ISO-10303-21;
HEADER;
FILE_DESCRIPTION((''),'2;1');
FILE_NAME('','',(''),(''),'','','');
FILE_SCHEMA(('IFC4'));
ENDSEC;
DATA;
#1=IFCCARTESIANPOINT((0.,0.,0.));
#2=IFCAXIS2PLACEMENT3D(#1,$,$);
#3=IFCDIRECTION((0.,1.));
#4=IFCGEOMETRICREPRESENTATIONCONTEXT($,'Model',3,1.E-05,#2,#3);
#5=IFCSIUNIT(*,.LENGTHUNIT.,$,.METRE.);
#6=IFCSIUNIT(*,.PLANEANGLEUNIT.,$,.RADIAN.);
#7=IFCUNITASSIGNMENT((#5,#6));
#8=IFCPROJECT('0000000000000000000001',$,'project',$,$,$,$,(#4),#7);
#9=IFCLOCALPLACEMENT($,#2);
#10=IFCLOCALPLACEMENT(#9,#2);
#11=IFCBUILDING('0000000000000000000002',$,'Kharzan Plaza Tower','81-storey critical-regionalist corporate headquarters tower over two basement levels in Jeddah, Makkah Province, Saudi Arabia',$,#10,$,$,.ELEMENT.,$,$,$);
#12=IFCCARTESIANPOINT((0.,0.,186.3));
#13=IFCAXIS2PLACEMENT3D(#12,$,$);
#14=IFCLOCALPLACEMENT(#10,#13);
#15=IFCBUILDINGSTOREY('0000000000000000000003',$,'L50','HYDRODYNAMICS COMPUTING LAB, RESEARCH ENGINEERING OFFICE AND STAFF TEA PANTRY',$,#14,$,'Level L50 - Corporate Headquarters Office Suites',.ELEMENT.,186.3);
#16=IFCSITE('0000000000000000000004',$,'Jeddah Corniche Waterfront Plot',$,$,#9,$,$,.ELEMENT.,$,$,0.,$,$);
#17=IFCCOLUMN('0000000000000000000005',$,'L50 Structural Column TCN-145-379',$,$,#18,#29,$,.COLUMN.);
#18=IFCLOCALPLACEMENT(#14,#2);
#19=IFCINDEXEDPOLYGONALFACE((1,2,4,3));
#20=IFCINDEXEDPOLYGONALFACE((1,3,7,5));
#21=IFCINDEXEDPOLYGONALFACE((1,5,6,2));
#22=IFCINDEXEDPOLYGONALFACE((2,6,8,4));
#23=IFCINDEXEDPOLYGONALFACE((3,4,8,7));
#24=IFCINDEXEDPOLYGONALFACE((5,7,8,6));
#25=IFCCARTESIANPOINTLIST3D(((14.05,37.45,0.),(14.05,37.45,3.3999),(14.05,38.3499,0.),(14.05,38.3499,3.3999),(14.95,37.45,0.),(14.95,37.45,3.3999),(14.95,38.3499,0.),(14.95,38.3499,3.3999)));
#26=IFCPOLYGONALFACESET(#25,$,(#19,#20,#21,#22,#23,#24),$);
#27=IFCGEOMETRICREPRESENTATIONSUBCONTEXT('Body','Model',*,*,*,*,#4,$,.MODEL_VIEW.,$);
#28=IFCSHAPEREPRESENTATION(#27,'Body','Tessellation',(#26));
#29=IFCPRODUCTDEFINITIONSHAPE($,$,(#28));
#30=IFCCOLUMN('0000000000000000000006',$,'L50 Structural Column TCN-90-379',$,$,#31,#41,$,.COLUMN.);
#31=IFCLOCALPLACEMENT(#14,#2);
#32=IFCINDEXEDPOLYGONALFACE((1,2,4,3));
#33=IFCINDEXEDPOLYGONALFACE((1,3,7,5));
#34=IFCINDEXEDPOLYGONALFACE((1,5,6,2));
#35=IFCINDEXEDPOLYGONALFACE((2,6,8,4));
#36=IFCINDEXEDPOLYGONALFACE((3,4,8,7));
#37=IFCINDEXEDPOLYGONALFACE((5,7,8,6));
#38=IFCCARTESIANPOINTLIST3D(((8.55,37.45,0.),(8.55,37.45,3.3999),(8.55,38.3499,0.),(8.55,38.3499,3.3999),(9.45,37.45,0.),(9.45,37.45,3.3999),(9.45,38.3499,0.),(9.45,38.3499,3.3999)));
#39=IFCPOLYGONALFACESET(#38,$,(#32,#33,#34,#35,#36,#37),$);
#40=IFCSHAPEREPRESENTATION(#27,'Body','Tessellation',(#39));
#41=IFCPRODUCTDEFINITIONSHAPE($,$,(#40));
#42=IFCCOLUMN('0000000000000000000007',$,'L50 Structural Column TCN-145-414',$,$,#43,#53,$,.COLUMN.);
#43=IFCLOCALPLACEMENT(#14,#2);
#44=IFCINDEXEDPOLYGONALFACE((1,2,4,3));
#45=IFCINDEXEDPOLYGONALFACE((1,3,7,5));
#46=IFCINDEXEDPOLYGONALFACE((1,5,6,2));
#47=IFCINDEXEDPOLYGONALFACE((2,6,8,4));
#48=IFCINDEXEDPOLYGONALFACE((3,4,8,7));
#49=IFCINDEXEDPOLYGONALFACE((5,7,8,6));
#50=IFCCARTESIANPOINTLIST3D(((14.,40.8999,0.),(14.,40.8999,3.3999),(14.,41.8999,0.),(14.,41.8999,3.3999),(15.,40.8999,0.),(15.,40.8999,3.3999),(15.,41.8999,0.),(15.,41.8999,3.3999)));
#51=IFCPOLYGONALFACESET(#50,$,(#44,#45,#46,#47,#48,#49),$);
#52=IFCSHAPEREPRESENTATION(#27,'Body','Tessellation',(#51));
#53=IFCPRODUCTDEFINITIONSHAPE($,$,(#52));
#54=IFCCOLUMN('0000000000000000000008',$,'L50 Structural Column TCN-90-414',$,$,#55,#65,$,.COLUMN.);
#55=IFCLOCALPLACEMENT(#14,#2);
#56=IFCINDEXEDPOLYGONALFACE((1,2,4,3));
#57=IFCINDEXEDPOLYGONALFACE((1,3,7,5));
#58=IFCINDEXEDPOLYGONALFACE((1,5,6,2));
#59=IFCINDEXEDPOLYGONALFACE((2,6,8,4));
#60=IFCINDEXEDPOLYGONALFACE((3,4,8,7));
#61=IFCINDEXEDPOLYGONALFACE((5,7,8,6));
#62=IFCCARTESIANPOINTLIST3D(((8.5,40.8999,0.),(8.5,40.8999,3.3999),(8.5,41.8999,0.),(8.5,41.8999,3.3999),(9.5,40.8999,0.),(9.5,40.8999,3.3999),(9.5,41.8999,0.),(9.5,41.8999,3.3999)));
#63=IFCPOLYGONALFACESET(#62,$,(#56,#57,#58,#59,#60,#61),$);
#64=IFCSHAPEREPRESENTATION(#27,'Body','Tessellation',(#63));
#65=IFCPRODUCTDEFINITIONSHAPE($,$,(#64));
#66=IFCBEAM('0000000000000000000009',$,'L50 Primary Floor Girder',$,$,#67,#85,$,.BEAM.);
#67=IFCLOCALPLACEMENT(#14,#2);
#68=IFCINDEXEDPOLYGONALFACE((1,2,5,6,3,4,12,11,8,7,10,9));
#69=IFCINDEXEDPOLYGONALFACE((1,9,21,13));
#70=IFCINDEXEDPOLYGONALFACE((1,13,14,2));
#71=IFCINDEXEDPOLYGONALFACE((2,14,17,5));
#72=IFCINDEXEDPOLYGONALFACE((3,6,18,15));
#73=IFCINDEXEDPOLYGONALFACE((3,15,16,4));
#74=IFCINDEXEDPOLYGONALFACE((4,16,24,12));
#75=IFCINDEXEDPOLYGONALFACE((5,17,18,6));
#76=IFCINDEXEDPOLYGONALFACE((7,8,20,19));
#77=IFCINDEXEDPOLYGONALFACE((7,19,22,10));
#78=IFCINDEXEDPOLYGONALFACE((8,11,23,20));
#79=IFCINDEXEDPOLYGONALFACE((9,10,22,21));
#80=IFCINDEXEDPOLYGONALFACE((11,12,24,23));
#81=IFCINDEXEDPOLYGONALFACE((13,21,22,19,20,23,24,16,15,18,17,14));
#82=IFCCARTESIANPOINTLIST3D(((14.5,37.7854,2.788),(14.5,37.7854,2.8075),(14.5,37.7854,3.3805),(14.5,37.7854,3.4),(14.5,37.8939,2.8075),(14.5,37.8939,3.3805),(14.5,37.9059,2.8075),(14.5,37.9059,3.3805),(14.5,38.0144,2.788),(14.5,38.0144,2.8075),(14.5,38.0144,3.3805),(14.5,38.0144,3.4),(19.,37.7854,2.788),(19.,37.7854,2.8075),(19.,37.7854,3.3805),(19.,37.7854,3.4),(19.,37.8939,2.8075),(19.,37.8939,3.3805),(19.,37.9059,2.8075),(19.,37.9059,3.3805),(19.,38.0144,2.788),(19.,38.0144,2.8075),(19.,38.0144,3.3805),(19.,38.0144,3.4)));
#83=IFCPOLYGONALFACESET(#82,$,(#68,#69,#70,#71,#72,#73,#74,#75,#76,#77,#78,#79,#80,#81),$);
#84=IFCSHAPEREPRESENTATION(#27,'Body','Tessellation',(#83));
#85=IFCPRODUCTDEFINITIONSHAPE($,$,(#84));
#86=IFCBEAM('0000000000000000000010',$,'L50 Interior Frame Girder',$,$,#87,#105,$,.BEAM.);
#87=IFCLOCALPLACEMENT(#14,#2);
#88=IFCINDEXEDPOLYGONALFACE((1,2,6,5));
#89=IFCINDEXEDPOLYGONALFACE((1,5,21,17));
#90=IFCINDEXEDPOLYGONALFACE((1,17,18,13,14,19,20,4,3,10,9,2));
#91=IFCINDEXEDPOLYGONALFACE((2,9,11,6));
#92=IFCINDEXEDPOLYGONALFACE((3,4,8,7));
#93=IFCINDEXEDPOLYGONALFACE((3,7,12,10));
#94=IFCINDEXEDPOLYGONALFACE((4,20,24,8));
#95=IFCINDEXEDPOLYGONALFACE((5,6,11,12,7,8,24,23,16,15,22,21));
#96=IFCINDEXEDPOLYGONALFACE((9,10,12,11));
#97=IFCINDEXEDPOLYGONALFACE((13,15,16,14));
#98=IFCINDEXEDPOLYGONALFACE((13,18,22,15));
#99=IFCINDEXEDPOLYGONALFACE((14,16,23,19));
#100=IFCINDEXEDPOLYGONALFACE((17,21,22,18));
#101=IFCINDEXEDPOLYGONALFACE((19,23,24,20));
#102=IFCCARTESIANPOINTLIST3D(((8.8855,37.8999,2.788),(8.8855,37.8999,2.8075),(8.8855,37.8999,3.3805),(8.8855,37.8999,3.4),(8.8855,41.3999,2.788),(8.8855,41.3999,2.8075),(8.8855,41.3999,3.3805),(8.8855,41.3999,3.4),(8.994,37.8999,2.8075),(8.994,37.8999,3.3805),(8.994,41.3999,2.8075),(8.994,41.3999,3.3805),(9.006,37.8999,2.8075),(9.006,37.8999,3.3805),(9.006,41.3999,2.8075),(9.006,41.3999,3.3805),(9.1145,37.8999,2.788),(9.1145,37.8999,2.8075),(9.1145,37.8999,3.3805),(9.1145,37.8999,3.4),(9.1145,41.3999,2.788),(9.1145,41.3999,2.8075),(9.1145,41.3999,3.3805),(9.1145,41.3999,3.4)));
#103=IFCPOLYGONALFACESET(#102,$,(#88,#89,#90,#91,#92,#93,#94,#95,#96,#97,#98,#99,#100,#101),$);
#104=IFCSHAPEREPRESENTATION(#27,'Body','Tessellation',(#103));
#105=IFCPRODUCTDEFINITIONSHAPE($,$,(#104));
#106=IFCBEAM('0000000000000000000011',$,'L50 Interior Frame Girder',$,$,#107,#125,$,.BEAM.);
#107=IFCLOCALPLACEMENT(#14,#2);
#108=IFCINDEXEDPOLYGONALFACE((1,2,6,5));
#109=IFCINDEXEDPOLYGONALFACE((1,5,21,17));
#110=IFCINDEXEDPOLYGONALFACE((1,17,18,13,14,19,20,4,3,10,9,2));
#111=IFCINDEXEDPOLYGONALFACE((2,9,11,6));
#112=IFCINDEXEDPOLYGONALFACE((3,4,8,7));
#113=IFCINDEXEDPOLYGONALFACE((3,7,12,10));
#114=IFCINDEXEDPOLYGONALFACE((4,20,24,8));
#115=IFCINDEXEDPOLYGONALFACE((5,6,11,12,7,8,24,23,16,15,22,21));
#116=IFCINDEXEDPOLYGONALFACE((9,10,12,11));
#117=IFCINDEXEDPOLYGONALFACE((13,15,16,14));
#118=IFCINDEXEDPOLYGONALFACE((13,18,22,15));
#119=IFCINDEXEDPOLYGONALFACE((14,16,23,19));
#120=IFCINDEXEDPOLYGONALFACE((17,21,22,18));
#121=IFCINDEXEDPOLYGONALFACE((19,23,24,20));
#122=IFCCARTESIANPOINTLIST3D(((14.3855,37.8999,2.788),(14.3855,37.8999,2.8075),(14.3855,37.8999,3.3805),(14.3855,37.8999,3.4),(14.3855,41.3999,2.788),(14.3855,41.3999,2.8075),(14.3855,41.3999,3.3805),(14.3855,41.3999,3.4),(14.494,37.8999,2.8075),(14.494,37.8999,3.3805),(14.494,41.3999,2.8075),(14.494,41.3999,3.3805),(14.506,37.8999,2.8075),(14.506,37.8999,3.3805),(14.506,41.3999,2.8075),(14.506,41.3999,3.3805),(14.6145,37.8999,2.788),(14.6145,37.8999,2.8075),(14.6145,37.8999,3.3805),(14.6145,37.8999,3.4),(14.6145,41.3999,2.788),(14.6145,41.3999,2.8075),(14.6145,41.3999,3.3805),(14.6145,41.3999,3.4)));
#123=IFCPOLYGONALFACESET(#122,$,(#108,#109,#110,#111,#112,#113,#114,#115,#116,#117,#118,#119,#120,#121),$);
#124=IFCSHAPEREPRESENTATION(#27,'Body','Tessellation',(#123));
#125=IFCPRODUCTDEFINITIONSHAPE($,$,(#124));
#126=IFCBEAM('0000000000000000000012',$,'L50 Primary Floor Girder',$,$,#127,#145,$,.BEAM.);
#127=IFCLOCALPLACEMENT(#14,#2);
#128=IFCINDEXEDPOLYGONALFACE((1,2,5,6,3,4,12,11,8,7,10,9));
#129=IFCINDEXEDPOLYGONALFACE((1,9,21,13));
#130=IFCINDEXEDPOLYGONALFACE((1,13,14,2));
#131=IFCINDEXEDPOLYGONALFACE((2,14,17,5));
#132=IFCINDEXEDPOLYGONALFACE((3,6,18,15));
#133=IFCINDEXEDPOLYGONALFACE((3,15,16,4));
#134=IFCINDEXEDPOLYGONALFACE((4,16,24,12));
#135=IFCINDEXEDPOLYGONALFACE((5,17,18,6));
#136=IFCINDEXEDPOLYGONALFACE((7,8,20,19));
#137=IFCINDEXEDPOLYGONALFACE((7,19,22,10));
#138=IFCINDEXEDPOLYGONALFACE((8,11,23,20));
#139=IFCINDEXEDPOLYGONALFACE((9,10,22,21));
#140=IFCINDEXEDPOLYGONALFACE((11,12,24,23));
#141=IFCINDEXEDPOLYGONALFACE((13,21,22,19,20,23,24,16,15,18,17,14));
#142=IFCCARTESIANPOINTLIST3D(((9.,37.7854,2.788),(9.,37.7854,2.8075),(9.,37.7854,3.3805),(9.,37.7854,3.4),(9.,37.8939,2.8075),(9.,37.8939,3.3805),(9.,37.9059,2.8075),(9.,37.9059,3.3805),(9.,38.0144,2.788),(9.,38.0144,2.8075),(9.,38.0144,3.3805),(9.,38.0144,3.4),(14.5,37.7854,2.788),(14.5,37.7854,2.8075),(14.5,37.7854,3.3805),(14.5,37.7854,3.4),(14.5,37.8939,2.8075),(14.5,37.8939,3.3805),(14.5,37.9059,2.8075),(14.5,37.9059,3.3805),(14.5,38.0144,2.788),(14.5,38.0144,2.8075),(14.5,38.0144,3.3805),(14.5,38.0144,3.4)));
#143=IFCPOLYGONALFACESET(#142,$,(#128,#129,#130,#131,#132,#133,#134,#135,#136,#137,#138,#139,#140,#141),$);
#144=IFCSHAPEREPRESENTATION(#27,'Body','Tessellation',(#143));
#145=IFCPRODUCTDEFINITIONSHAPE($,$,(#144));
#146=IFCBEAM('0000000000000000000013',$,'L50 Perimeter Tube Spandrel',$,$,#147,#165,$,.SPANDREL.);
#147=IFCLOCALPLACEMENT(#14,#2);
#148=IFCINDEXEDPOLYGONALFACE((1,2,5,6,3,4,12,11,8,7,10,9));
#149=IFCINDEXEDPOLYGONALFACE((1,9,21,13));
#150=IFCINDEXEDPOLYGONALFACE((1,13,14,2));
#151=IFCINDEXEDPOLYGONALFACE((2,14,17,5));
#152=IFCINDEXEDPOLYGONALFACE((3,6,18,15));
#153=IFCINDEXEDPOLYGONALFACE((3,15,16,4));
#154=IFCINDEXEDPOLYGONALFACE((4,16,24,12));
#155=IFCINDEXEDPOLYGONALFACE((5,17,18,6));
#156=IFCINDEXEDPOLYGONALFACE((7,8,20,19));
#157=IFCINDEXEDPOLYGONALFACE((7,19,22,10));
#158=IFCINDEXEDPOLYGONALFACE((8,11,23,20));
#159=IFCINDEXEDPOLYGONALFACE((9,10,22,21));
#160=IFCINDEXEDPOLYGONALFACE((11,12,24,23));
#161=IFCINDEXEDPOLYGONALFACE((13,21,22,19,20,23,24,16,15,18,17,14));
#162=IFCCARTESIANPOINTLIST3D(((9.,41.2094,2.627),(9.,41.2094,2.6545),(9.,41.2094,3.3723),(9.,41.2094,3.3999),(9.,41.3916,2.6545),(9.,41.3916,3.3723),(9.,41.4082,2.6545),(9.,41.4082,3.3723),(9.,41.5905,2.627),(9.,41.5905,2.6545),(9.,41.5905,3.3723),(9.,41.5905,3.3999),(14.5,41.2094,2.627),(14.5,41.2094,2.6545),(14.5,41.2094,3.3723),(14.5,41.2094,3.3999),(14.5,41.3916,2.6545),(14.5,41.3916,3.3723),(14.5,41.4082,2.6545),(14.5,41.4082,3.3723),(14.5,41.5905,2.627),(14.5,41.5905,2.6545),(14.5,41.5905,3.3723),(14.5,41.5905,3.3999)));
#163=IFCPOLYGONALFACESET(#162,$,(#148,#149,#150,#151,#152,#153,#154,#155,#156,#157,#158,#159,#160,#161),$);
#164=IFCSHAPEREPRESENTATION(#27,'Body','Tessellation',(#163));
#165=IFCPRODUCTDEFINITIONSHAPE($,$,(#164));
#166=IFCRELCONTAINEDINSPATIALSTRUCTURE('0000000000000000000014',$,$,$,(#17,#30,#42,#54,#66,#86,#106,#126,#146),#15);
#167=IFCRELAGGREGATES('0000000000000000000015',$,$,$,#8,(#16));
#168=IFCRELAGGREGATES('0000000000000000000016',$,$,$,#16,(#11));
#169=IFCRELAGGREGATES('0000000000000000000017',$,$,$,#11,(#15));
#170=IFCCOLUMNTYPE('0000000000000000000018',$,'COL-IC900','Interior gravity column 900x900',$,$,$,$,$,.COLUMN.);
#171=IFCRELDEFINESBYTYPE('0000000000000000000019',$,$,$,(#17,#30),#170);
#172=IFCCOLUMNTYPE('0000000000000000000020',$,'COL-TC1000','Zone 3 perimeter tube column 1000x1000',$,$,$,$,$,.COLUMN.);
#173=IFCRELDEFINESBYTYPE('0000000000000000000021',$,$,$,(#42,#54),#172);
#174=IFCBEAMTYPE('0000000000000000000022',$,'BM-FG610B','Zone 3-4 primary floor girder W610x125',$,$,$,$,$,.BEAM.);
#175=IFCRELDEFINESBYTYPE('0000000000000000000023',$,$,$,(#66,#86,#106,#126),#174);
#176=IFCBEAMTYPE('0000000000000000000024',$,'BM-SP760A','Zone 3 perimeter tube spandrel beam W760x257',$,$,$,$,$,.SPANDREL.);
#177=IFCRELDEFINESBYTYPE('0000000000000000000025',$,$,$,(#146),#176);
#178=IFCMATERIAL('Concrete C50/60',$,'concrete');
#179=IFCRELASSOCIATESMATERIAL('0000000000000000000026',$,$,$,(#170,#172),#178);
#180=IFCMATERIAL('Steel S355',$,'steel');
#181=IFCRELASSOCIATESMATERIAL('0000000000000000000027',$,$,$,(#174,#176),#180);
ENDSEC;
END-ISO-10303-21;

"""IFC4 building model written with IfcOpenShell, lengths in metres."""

from ifc_helpers import new_model, si_unit, direction, frame, origin, origin_2d, place, context, subcontext, project, spatial, rectangle, i_section, extrude, source, transform, mapped, material, material_profile, profile_set, type_object, element, save


model = new_model("IFC4")

# Units and contexts
model_context = context("Model", 3, precision=1e-05, world=origin(), true_north=direction((0.0, 1.0)))
body_context = subcontext(model_context, "Body", "Model", "MODEL_VIEW")
ifc_project = project(units=[si_unit("LENGTHUNIT", "METRE"), si_unit("PLANEANGLEUNIT", "RADIAN")], contexts=[model_context])

# Site, building, storey
site_placement = place(None, origin())
site = spatial("IfcSite", under=ifc_project, at=site_placement, Name="Jeddah Corniche Waterfront Plot", CompositionType="ELEMENT", RefElevation=0.0)
building_placement = place(site_placement, origin())
building = spatial("IfcBuilding", under=site, at=building_placement, Name="Kharzan Plaza Tower", Description="81-storey critical-regionalist corporate headquarters tower over two basement levels in Jeddah, Makkah Province, Saudi Arabia", CompositionType="ELEMENT")
storey_placement = place(building_placement, frame((0.0, 0.0, 186.3)))
storey = spatial("IfcBuildingStorey", under=building, at=storey_placement, Name="L50", Description="HYDRODYNAMICS COMPUTING LAB, RESEARCH ENGINEERING OFFICE AND STAFF TEA PANTRY", LongName="Level L50 - Corporate Headquarters Office Suites", CompositionType="ELEMENT", Elevation=186.3)

# Columns
ifc_material_1 = material(Name="Concrete C50/60", Category="concrete")
ifc_material_profile_1 = material_profile(ifc_material_1, rectangle(XDim=0.8999, YDim=0.8999, at=origin_2d()), Name="RC-IC900x900")
ifc_profile_set_1 = profile_set([ifc_material_profile_1], Name="Concrete C50/60")
column_type_1 = type_object("IfcColumnType", Name="COL-IC900", Description="Interior gravity column 900x900", PredefinedType="COLUMN", material=ifc_profile_set_1)
shared_shape_1 = source(origin(), body_context, "Body", "SweptSolid", [
    extrude(rectangle(XDim=0.8999, YDim=0.8999, at=origin_2d()), origin(), (0.0, 0.0, 1.0), 3.3999),
])
for number, where, z_axis, x_axis, name in (
    (1, (14.5, 37.8999, 0.0), (0.0, 0.0, 1.0), (1.0, 0.0, 0.0), "L50 Structural Column TCN-145-379"),
    (2, (9.0, 37.8999, 0.0), (0.0, 0.0, 1.0), (1.0, 0.0, 0.0), "L50 Structural Column TCN-90-379"),
):
    element("IfcColumn", number, at=place(storey_placement, frame(where, z_axis=z_axis, x_axis=x_axis)), inside=storey, type_object=column_type_1, Name=name, PredefinedType="COLUMN", context=body_context, shape_type="MappedRepresentation", body=[
        mapped(shared_shape_1, transform((0.0, 0.0, 0.0), x_axis=(1.0, 0.0, 0.0), y_axis=(0.0, 1.0, 0.0), z_axis=(0.0, 0.0, 1.0))),
    ])
ifc_material_profile_2 = material_profile(ifc_material_1, rectangle(XDim=1.0, YDim=1.0, at=origin_2d()), Name="RC-TC1000x1000")
ifc_profile_set_2 = profile_set([ifc_material_profile_2], Name="Concrete C50/60")
column_type_2 = type_object("IfcColumnType", Name="COL-TC1000", Description="Zone 3 perimeter tube column 1000x1000", PredefinedType="COLUMN", material=ifc_profile_set_2)
shared_shape_2 = source(origin(), body_context, "Body", "SweptSolid", [
    extrude(rectangle(XDim=1.0, YDim=1.0, at=origin_2d()), origin(), (0.0, 0.0, 1.0), 3.3999),
])
for number, where, z_axis, x_axis, name in (
    (3, (14.5, 41.3999, 0.0), (0.0, 0.0, 1.0), (1.0, 0.0, 0.0), "L50 Structural Column TCN-145-414"),
    (4, (9.0, 41.3999, 0.0), (0.0, 0.0, 1.0), (1.0, 0.0, 0.0), "L50 Structural Column TCN-90-414"),
):
    element("IfcColumn", number, at=place(storey_placement, frame(where, z_axis=z_axis, x_axis=x_axis)), inside=storey, type_object=column_type_2, Name=name, PredefinedType="COLUMN", context=body_context, shape_type="MappedRepresentation", body=[
        mapped(shared_shape_2, transform((0.0, 0.0, 0.0), x_axis=(1.0, 0.0, 0.0), y_axis=(0.0, 1.0, 0.0), z_axis=(0.0, 0.0, 1.0))),
    ])

# Beams
ifc_material_2 = material(Name="Steel S355", Category="steel")
ifc_material_profile_3 = material_profile(ifc_material_2, i_section(OverallWidth=0.229, OverallDepth=0.6121, WebThickness=0.012, FlangeThickness=0.0195, at=origin_2d()), Name="W610x125")
ifc_profile_set_3 = profile_set([ifc_material_profile_3], Name="Steel S355")
beam_type_1 = type_object("IfcBeamType", Name="BM-FG610B", Description="Zone 3-4 primary floor girder W610x125", PredefinedType="BEAM", material=ifc_profile_set_3)
shared_shape_3 = source(origin(), body_context, "Body", "SweptSolid", [
    extrude(i_section(OverallWidth=0.229, OverallDepth=0.6121, WebThickness=0.012, FlangeThickness=0.0195, at=origin_2d()), origin(), (0.0, 0.0, 1.0), 4.5),
])
beam_1_placement = place(storey_placement, frame((14.5, 37.8999, 3.094), z_axis=(1.0, 0.0, 0.0), x_axis=(0.0, 1.0, 0.0)))
element("IfcBeam", 5, at=beam_1_placement, inside=storey, type_object=beam_type_1, Name="L50 Primary Floor Girder", PredefinedType="BEAM", context=body_context, shape_type="MappedRepresentation", body=[
    mapped(shared_shape_3, transform((0.0, 0.0, 0.0), x_axis=(1.0, 0.0, 0.0), y_axis=(0.0, 1.0, 0.0), z_axis=(0.0, 0.0, 1.0))),
])
shared_shape_4 = source(origin(), body_context, "Body", "SweptSolid", [
    extrude(i_section(OverallWidth=0.229, OverallDepth=0.6121, WebThickness=0.012, FlangeThickness=0.0195, at=origin_2d()), origin(), (0.0, 0.0, 1.0), 3.5),
])
for number, where, z_axis, x_axis, name in (
    (6, (9.0, 37.8999, 3.094), (0.0, 1.0, 0.0), (-1.0, 0.0, 0.0), "L50 Interior Frame Girder"),
    (7, (14.5, 37.8999, 3.094), (0.0, 1.0, 0.0), (-1.0, 0.0, 0.0), "L50 Interior Frame Girder"),
):
    element("IfcBeam", number, at=place(storey_placement, frame(where, z_axis=z_axis, x_axis=x_axis)), inside=storey, type_object=beam_type_1, Name=name, PredefinedType="BEAM", context=body_context, shape_type="MappedRepresentation", body=[
        mapped(shared_shape_4, transform((0.0, 0.0, 0.0), x_axis=(1.0, 0.0, 0.0), y_axis=(0.0, 1.0, 0.0), z_axis=(0.0, 0.0, 1.0))),
    ])
shared_shape_5 = source(origin(), body_context, "Body", "SweptSolid", [
    extrude(i_section(OverallWidth=0.229, OverallDepth=0.6121, WebThickness=0.012, FlangeThickness=0.0195, at=origin_2d()), origin(), (0.0, 0.0, 1.0), 5.5),
])
beam_2_placement = place(storey_placement, frame((9.0, 37.8999, 3.094), z_axis=(1.0, 0.0, 0.0), x_axis=(0.0, 1.0, 0.0)))
element("IfcBeam", 8, at=beam_2_placement, inside=storey, type_object=beam_type_1, Name="L50 Primary Floor Girder", PredefinedType="BEAM", context=body_context, shape_type="MappedRepresentation", body=[
    mapped(shared_shape_5, transform((0.0, 0.0, 0.0), x_axis=(1.0, 0.0, 0.0), y_axis=(0.0, 1.0, 0.0), z_axis=(0.0, 0.0, 1.0))),
])
ifc_material_profile_4 = material_profile(ifc_material_2, i_section(OverallWidth=0.3811, OverallDepth=0.7729, WebThickness=0.0166, FlangeThickness=0.0276, at=origin_2d()), Name="W760x257")
ifc_profile_set_4 = profile_set([ifc_material_profile_4], Name="Steel S355")
beam_type_2 = type_object("IfcBeamType", Name="BM-SP760A", Description="Zone 3 perimeter tube spandrel beam W760x257", PredefinedType="SPANDREL", material=ifc_profile_set_4)
shared_shape_6 = source(origin(), body_context, "Body", "SweptSolid", [
    extrude(i_section(OverallWidth=0.3811, OverallDepth=0.7729, WebThickness=0.0166, FlangeThickness=0.0276, at=origin_2d()), origin(), (0.0, 0.0, 1.0), 5.5),
])
beam_3_placement = place(storey_placement, frame((9.0, 41.3999, 3.0134), z_axis=(1.0, 0.0, 0.0), x_axis=(0.0, 1.0, 0.0)))
element("IfcBeam", 9, at=beam_3_placement, inside=storey, type_object=beam_type_2, Name="L50 Perimeter Tube Spandrel", PredefinedType="SPANDREL", context=body_context, shape_type="MappedRepresentation", body=[
    mapped(shared_shape_6, transform((0.0, 0.0, 0.0), x_axis=(1.0, 0.0, 0.0), y_axis=(0.0, 1.0, 0.0), z_axis=(0.0, 0.0, 1.0))),
])

save(model, "model.ifc")
